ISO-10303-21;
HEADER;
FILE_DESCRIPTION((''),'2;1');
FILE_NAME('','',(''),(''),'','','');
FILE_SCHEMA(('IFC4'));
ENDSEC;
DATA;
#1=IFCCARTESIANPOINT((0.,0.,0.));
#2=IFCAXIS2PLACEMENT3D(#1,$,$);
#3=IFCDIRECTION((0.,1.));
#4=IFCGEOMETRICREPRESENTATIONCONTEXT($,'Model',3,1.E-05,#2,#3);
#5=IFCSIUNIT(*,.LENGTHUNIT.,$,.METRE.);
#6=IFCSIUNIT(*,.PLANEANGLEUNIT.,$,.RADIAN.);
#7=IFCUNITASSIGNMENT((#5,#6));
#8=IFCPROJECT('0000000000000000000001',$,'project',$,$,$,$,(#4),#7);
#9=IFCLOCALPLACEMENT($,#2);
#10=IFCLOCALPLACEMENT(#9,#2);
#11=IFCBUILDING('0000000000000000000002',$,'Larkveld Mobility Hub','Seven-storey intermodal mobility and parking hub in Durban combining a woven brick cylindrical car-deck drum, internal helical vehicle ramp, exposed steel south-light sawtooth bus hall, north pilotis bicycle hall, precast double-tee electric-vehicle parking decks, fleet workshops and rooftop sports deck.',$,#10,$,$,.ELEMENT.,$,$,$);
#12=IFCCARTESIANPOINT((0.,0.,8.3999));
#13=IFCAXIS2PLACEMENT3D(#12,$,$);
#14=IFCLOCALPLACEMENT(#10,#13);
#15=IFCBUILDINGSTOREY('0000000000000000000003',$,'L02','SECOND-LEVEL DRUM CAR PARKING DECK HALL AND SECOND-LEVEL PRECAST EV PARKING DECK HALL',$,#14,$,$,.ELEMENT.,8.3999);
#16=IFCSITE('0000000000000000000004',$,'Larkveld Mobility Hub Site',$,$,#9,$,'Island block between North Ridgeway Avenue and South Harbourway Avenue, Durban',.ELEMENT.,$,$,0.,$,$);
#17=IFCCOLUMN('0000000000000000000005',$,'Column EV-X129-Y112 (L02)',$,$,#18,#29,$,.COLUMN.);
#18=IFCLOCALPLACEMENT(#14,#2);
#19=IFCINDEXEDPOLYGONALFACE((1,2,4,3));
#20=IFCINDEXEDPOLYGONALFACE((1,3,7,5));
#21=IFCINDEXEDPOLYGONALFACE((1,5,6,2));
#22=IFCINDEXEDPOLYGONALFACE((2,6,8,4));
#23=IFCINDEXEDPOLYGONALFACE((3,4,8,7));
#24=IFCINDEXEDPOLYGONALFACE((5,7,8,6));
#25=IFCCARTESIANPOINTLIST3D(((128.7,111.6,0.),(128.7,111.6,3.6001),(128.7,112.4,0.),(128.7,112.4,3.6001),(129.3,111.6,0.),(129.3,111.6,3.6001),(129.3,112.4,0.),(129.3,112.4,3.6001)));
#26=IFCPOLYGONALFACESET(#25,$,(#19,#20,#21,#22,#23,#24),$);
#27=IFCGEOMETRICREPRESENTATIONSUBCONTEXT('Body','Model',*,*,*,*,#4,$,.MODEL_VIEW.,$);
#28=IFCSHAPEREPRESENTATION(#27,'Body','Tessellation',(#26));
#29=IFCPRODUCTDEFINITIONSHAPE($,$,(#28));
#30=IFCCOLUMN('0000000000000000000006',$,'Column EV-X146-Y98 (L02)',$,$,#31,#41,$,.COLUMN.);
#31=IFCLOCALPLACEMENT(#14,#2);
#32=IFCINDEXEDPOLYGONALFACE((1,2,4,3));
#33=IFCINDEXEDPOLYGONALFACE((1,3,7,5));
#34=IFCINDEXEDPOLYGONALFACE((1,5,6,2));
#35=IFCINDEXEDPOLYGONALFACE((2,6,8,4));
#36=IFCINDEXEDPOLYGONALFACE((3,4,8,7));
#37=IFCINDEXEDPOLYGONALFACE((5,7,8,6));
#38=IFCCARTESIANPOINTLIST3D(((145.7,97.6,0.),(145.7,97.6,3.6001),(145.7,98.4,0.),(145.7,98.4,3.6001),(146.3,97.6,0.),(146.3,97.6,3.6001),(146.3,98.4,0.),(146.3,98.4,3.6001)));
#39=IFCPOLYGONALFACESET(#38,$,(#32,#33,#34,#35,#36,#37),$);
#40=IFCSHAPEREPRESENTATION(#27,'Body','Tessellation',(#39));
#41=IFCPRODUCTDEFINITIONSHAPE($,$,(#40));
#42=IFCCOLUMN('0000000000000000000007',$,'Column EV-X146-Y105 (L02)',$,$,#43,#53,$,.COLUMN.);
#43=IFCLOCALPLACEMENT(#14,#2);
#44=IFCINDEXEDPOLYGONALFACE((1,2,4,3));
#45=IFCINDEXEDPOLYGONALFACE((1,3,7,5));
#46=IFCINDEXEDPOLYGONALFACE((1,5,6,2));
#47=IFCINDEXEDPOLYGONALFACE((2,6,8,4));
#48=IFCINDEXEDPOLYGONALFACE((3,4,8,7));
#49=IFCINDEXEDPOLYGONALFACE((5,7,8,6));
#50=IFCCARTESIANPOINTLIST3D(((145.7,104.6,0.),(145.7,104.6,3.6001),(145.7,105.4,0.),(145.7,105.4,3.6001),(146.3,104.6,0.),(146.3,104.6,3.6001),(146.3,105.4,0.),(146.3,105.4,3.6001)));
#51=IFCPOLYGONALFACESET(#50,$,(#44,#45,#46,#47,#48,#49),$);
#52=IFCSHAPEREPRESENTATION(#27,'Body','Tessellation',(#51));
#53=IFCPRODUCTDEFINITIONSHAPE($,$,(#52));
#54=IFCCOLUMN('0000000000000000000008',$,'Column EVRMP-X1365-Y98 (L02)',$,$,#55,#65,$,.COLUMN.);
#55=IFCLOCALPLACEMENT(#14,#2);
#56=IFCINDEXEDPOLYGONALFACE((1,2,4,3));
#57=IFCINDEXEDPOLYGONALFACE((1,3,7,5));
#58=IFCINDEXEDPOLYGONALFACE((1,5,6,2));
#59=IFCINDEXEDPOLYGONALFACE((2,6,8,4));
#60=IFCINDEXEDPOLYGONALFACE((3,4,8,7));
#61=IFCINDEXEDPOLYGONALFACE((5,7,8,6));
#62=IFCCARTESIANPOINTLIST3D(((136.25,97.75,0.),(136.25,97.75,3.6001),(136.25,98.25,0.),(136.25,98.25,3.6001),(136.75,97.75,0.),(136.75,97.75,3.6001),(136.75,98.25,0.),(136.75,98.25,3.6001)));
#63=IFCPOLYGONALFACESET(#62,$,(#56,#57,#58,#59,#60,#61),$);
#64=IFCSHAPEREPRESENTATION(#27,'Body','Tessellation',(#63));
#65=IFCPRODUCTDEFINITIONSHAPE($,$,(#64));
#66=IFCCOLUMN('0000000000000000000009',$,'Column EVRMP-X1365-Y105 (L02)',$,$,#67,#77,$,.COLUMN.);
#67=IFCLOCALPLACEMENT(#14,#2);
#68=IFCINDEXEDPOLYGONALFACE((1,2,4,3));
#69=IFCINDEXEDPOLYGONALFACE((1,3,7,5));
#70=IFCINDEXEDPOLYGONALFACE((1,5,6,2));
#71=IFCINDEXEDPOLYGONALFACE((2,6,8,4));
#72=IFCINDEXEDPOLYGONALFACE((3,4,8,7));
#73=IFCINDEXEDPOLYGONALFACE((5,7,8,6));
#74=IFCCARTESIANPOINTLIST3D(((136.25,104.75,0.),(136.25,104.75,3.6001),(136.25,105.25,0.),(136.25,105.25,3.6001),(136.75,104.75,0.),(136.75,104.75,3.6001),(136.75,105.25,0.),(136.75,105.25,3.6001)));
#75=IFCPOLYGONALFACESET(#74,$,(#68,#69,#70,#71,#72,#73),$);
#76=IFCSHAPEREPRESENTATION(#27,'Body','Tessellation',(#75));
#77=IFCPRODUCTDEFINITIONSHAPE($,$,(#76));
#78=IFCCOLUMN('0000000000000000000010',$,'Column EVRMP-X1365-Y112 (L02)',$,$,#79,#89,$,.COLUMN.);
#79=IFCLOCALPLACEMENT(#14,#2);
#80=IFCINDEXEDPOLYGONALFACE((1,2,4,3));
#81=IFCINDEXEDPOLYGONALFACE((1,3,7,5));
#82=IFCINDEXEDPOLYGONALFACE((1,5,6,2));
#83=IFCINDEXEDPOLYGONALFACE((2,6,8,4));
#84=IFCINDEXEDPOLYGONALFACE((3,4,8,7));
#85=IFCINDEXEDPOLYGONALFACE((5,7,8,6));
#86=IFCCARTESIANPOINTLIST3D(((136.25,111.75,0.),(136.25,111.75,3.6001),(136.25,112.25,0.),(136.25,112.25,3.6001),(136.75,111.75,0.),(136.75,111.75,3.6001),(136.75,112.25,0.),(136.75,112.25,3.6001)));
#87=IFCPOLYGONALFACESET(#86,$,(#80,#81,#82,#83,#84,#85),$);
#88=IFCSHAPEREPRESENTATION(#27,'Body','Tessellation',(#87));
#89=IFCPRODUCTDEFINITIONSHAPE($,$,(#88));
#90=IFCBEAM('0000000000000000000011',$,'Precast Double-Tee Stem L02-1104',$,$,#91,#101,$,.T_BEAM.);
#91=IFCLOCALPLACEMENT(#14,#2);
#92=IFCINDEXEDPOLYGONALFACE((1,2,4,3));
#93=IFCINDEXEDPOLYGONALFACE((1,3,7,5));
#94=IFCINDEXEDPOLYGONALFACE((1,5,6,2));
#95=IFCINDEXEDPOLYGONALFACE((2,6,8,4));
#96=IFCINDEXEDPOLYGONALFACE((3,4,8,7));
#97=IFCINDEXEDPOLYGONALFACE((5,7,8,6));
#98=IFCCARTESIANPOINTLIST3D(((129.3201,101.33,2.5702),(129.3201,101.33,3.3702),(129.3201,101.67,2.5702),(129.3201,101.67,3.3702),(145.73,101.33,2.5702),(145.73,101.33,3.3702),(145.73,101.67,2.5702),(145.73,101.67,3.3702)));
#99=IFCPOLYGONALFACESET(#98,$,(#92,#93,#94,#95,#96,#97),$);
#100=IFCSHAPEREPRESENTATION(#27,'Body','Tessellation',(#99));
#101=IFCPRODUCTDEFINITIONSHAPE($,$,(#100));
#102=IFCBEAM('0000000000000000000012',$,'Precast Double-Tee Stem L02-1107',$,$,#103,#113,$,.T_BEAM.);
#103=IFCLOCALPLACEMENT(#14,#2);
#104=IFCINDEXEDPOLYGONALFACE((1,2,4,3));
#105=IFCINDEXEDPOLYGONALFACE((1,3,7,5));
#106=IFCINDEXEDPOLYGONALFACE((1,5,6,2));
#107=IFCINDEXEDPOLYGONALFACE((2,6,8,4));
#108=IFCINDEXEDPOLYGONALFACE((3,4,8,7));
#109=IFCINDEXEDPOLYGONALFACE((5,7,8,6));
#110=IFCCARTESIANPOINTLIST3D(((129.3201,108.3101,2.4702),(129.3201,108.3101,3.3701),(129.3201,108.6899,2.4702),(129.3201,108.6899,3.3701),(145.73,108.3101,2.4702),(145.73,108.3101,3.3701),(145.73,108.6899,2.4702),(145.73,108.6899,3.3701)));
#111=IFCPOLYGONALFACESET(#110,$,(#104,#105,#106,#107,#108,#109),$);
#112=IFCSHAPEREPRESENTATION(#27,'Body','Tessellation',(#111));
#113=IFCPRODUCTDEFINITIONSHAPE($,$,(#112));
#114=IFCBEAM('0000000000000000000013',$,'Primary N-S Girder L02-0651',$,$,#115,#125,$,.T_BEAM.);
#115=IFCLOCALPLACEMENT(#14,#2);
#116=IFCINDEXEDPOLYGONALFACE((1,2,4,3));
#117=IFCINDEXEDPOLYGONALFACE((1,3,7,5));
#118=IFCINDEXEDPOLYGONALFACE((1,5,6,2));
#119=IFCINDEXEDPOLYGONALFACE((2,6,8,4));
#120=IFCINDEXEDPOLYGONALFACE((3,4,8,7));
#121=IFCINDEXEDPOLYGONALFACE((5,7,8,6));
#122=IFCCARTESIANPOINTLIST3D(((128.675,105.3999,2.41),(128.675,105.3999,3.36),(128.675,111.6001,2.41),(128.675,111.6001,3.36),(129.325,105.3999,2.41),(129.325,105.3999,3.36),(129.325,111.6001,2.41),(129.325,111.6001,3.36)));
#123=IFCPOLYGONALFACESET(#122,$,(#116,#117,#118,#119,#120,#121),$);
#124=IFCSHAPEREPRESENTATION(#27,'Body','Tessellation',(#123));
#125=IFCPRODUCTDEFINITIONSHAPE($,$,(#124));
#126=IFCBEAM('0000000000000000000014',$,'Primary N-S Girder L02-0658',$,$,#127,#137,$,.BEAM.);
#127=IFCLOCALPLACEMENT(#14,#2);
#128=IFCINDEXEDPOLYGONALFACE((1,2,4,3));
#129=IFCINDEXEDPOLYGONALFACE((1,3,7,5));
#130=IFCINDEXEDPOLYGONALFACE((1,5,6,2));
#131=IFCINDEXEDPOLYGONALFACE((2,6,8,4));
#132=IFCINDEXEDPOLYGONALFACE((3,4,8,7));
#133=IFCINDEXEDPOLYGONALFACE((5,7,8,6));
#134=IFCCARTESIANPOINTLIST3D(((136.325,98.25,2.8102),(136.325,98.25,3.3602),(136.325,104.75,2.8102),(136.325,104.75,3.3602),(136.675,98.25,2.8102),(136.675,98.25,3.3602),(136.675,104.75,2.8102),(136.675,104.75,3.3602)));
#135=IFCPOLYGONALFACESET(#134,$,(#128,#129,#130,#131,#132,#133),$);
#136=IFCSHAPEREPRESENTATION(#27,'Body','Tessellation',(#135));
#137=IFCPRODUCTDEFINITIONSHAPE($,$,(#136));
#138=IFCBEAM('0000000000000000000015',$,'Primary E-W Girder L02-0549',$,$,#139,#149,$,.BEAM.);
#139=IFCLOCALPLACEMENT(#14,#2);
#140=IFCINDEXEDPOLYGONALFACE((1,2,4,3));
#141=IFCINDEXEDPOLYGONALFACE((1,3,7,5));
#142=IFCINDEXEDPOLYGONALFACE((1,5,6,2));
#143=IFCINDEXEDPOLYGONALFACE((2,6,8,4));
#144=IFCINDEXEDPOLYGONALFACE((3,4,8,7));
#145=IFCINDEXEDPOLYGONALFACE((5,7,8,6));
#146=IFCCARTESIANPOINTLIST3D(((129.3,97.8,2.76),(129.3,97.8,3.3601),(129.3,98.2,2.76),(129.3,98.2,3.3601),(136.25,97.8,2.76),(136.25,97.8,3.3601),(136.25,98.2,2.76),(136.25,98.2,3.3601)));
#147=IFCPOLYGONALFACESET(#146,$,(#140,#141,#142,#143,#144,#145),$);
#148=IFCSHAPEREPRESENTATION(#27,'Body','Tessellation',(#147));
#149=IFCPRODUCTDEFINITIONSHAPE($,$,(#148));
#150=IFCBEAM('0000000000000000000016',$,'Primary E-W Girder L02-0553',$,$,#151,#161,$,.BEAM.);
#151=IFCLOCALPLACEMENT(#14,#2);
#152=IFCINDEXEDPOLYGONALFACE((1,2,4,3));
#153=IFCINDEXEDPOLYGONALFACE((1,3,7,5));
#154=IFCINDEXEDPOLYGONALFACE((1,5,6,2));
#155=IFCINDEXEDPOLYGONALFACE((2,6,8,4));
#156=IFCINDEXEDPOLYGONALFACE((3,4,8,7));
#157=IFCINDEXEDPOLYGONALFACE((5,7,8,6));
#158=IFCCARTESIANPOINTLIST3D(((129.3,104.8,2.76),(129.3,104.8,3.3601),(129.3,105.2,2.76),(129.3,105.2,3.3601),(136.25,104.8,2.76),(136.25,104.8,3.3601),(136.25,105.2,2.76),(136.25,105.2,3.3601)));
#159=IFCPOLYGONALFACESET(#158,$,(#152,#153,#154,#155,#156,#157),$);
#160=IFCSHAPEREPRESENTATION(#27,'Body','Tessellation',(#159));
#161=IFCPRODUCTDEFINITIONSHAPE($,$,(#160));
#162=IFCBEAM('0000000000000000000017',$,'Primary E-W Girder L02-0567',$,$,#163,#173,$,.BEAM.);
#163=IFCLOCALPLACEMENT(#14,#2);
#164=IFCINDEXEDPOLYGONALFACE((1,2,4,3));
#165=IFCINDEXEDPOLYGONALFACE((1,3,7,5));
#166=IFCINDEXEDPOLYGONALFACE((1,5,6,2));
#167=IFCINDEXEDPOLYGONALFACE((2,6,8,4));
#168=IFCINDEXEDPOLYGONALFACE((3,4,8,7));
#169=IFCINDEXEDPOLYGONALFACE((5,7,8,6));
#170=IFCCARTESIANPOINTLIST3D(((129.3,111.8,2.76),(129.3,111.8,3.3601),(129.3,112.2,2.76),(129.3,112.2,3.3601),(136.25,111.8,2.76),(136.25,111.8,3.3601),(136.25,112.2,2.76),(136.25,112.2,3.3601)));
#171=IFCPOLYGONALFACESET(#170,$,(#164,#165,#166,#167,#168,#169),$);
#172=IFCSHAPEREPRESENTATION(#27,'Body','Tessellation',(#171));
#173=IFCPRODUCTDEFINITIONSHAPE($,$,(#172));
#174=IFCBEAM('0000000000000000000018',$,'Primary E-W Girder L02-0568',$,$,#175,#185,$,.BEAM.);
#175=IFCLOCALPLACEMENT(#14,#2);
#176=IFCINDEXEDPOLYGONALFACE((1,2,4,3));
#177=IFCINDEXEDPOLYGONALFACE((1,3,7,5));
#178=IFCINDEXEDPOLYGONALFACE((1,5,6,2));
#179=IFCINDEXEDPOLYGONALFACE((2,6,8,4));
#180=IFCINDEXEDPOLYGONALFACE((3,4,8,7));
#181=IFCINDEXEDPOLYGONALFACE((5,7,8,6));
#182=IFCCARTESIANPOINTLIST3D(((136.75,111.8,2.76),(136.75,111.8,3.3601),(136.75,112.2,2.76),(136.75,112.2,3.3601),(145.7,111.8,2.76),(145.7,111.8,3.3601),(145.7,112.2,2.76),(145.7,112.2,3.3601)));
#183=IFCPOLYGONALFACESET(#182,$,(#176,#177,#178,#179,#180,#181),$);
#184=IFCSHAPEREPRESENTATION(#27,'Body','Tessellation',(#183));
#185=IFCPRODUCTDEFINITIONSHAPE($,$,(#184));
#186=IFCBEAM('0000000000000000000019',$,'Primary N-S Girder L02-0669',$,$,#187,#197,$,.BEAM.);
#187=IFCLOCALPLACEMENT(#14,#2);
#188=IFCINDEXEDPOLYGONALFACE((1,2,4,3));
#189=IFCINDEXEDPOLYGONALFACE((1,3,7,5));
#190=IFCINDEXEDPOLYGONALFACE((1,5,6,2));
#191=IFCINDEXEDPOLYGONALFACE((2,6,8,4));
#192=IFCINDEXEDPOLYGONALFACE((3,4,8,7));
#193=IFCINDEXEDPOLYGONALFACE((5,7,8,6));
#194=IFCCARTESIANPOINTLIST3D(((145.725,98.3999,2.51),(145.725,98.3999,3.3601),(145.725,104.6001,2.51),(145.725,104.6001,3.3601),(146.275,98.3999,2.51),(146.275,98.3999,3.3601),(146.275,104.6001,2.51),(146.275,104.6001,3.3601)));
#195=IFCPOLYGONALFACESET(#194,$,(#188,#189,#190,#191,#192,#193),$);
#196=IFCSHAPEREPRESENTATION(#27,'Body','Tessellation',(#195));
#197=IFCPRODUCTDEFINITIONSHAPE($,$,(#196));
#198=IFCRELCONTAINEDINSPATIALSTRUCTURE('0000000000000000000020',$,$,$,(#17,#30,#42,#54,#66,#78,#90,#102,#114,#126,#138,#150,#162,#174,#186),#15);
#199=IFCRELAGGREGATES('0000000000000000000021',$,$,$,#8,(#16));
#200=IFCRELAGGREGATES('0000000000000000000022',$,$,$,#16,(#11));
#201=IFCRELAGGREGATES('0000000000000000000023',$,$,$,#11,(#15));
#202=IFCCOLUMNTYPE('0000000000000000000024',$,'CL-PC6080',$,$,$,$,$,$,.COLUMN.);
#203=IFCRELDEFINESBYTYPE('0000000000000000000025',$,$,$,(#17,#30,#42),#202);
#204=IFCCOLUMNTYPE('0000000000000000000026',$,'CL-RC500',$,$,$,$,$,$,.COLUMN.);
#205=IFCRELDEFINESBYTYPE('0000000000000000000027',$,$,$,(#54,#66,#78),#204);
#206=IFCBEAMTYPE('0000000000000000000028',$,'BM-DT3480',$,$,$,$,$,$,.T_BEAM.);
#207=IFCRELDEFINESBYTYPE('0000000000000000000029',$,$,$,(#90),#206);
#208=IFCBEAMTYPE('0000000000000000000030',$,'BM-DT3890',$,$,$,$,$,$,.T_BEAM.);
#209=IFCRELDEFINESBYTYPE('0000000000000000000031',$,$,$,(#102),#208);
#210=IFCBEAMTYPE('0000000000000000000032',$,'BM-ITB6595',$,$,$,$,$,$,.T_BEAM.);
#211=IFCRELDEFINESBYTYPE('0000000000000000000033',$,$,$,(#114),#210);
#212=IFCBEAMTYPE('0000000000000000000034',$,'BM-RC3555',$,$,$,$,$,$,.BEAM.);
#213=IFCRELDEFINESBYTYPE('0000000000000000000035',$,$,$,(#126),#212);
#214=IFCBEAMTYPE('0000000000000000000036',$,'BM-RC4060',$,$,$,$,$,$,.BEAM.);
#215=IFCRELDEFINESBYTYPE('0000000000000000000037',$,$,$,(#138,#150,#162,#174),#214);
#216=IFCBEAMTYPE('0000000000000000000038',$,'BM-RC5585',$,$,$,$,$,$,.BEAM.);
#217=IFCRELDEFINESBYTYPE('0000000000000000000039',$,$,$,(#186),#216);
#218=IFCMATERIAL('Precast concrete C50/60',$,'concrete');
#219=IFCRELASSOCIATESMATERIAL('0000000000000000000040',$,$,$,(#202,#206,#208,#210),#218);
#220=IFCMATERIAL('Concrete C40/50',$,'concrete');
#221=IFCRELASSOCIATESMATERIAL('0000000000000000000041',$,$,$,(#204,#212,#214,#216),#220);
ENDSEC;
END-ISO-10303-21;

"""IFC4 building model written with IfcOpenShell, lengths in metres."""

from ifc_helpers import new_model, si_unit, direction, frame, origin, origin_2d, place, context, subcontext, project, spatial, rectangle, extrude, material, material_profile, profile_set, type_object, element, save


model = new_model("IFC4")

# Units and contexts
model_context = context("Model", 3, precision=1e-05, world=origin(), true_north=direction((0.0, 1.0)))
body_context = subcontext(model_context, "Body", "Model", "MODEL_VIEW")
ifc_project = project(units=[si_unit("LENGTHUNIT", "METRE"), si_unit("PLANEANGLEUNIT", "RADIAN")], contexts=[model_context])

# Site, building, storey
site_placement = place(None, origin())
site = spatial("IfcSite", under=ifc_project, at=site_placement, Name="Larkveld Mobility Hub Site", LongName="Island block between North Ridgeway Avenue and South Harbourway Avenue, Durban", CompositionType="ELEMENT", RefElevation=0.0)
building_placement = place(site_placement, origin())
building = spatial("IfcBuilding", under=site, at=building_placement, Name="Larkveld Mobility Hub", Description="Seven-storey intermodal mobility and parking hub in Durban combining a woven brick cylindrical car-deck drum, internal helical vehicle ramp, exposed steel south-light sawtooth bus hall, north pilotis bicycle hall, precast double-tee electric-vehicle parking decks, fleet workshops and rooftop sports deck.", CompositionType="ELEMENT")
storey_placement = place(building_placement, frame((0.0, 0.0, 8.3999)))
storey = spatial("IfcBuildingStorey", under=building, at=storey_placement, Name="L02", Description="SECOND-LEVEL DRUM CAR PARKING DECK HALL AND SECOND-LEVEL PRECAST EV PARKING DECK HALL", CompositionType="ELEMENT", Elevation=8.3999)

# Columns
ifc_material_1 = material(Name="Precast concrete C50/60", Category="concrete")
ifc_material_profile_1 = material_profile(ifc_material_1, rectangle(XDim=0.6001, YDim=0.8, at=origin_2d()), Name="RC COL 600x800")
ifc_profile_set_1 = profile_set([ifc_material_profile_1], Name="Precast concrete C50/60")
column_type_1 = type_object("IfcColumnType", Name="CL-PC6080", PredefinedType="COLUMN", material=ifc_profile_set_1)
for number, where, z_axis, x_axis, name in (
    (1, (129.0, 112.0, 0.0), (0.0, 0.0, 1.0), (1.0, 0.0, 0.0), "Column EV-X129-Y112 (L02)"),
    (2, (146.0, 98.0, 0.0), (0.0, 0.0, 1.0), (1.0, 0.0, 0.0), "Column EV-X146-Y98 (L02)"),
    (3, (146.0, 105.0, 0.0), (0.0, 0.0, 1.0), (1.0, 0.0, 0.0), "Column EV-X146-Y105 (L02)"),
):
    element("IfcColumn", number, at=place(storey_placement, frame(where, z_axis=z_axis, x_axis=x_axis)), inside=storey, type_object=column_type_1, Name=name, PredefinedType="COLUMN", context=body_context, shape_type="SweptSolid", body=[
        extrude(rectangle(XDim=0.6001, YDim=0.8, at=origin_2d()), origin(), (0.0, 0.0, 1.0), 3.6001),
    ])
ifc_material_2 = material(Name="Concrete C40/50", Category="concrete")
ifc_material_profile_2 = material_profile(ifc_material_2, rectangle(XDim=0.5, YDim=0.5, at=origin_2d()), Name="RC COL 500x500")
ifc_profile_set_2 = profile_set([ifc_material_profile_2], Name="Concrete C40/50")
column_type_2 = type_object("IfcColumnType", Name="CL-RC500", PredefinedType="COLUMN", material=ifc_profile_set_2)
for number, where, z_axis, x_axis, name in (
    (4, (136.5, 98.0, 0.0), (0.0, 0.0, 1.0), (1.0, 0.0, 0.0), "Column EVRMP-X1365-Y98 (L02)"),
    (5, (136.5, 105.0, 0.0), (0.0, 0.0, 1.0), (1.0, 0.0, 0.0), "Column EVRMP-X1365-Y105 (L02)"),
    (6, (136.5, 112.0, 0.0), (0.0, 0.0, 1.0), (1.0, 0.0, 0.0), "Column EVRMP-X1365-Y112 (L02)"),
):
    element("IfcColumn", number, at=place(storey_placement, frame(where, z_axis=z_axis, x_axis=x_axis)), inside=storey, type_object=column_type_2, Name=name, PredefinedType="COLUMN", context=body_context, shape_type="SweptSolid", body=[
        extrude(rectangle(XDim=0.5, YDim=0.5, at=origin_2d()), origin(), (0.0, 0.0, 1.0), 3.6001),
    ])

# Beams
ifc_material_profile_3 = material_profile(ifc_material_1, rectangle(XDim=0.3401, YDim=0.8, at=origin_2d()), Name="PC DT 340x800")
ifc_profile_set_3 = profile_set([ifc_material_profile_3], Name="Precast concrete C50/60")
beam_type_1 = type_object("IfcBeamType", Name="BM-DT3480", PredefinedType="T_BEAM", material=ifc_profile_set_3)
beam_1_placement = place(storey_placement, frame((129.3201, 101.5, 2.9702), z_axis=(1.0, 0.0, 0.0), x_axis=(0.0, 1.0, 0.0)))
element("IfcBeam", 7, at=beam_1_placement, inside=storey, type_object=beam_type_1, Name="Precast Double-Tee Stem L02-1104", PredefinedType="T_BEAM", context=body_context, shape_type="SweptSolid", body=[
    extrude(rectangle(XDim=0.3401, YDim=0.8, at=origin_2d()), origin(), (0.0, 0.0, 1.0), 16.4099),
])
ifc_material_profile_4 = material_profile(ifc_material_1, rectangle(XDim=0.3799, YDim=0.8999, at=origin_2d()), Name="PC DT 380x900")
ifc_profile_set_4 = profile_set([ifc_material_profile_4], Name="Precast concrete C50/60")
beam_type_2 = type_object("IfcBeamType", Name="BM-DT3890", PredefinedType="T_BEAM", material=ifc_profile_set_4)
beam_2_placement = place(storey_placement, frame((129.3201, 108.5, 2.9202), z_axis=(1.0, 0.0, 0.0), x_axis=(0.0, 1.0, 0.0)))
element("IfcBeam", 8, at=beam_2_placement, inside=storey, type_object=beam_type_2, Name="Precast Double-Tee Stem L02-1107", PredefinedType="T_BEAM", context=body_context, shape_type="SweptSolid", body=[
    extrude(rectangle(XDim=0.3799, YDim=0.8999, at=origin_2d()), origin(), (0.0, 0.0, 1.0), 16.4099),
])
ifc_material_profile_5 = material_profile(ifc_material_1, rectangle(XDim=0.6499, YDim=0.95, at=origin_2d()), Name="PC ITB 650x950")
ifc_profile_set_5 = profile_set([ifc_material_profile_5], Name="Precast concrete C50/60")
beam_type_3 = type_object("IfcBeamType", Name="BM-ITB6595", PredefinedType="T_BEAM", material=ifc_profile_set_5)
beam_3_placement = place(storey_placement, frame((129.0, 105.3999, 2.885), z_axis=(0.0, 1.0, 0.0), x_axis=(-1.0, 0.0, 0.0)))
element("IfcBeam", 9, at=beam_3_placement, inside=storey, type_object=beam_type_3, Name="Primary N-S Girder L02-0651", PredefinedType="T_BEAM", context=body_context, shape_type="SweptSolid", body=[
    extrude(rectangle(XDim=0.6499, YDim=0.95, at=origin_2d()), origin(), (0.0, 0.0, 1.0), 6.2002),
])
ifc_material_profile_6 = material_profile(ifc_material_2, rectangle(XDim=0.3501, YDim=0.55, at=origin_2d()), Name="RC BM 350x550")
ifc_profile_set_6 = profile_set([ifc_material_profile_6], Name="Concrete C40/50")
beam_type_4 = type_object("IfcBeamType", Name="BM-RC3555", PredefinedType="BEAM", material=ifc_profile_set_6)
beam_4_placement = place(storey_placement, frame((136.5, 98.25, 3.0852), z_axis=(0.0, 1.0, 0.0), x_axis=(-1.0, 0.0, 0.0)))
element("IfcBeam", 10, at=beam_4_placement, inside=storey, type_object=beam_type_4, Name="Primary N-S Girder L02-0658", PredefinedType="BEAM", context=body_context, shape_type="SweptSolid", body=[
    extrude(rectangle(XDim=0.3501, YDim=0.55, at=origin_2d()), origin(), (0.0, 0.0, 1.0), 6.5),
])
ifc_material_profile_7 = material_profile(ifc_material_2, rectangle(XDim=0.3999, YDim=0.6001, at=origin_2d()), Name="RC BM 400x600")
ifc_profile_set_7 = profile_set([ifc_material_profile_7], Name="Concrete C40/50")
beam_type_5 = type_object("IfcBeamType", Name="BM-RC4060", PredefinedType="BEAM", material=ifc_profile_set_7)
for number, where, z_axis, x_axis, name in (
    (11, (129.3, 98.0, 3.0601), (1.0, 0.0, 0.0), (0.0, 1.0, 0.0), "Primary E-W Girder L02-0549"),
    (12, (129.3, 105.0, 3.0601), (1.0, 0.0, 0.0), (0.0, 1.0, 0.0), "Primary E-W Girder L02-0553"),
    (13, (129.3, 112.0, 3.0601), (1.0, 0.0, 0.0), (0.0, 1.0, 0.0), "Primary E-W Girder L02-0567"),
):
    element("IfcBeam", number, at=place(storey_placement, frame(where, z_axis=z_axis, x_axis=x_axis)), inside=storey, type_object=beam_type_5, Name=name, PredefinedType="BEAM", context=body_context, shape_type="SweptSolid", body=[
        extrude(rectangle(XDim=0.3999, YDim=0.6001, at=origin_2d()), origin(), (0.0, 0.0, 1.0), 6.95),
    ])
beam_5_placement = place(storey_placement, frame((136.75, 112.0, 3.0601), z_axis=(1.0, 0.0, 0.0), x_axis=(0.0, 1.0, 0.0)))
element("IfcBeam", 14, at=beam_5_placement, inside=storey, type_object=beam_type_5, Name="Primary E-W Girder L02-0568", PredefinedType="BEAM", context=body_context, shape_type="SweptSolid", body=[
    extrude(rectangle(XDim=0.3999, YDim=0.6001, at=origin_2d()), origin(), (0.0, 0.0, 1.0), 8.95),
])
ifc_material_profile_8 = material_profile(ifc_material_2, rectangle(XDim=0.55, YDim=0.8501, at=origin_2d()), Name="RC BM 550x850")
ifc_profile_set_8 = profile_set([ifc_material_profile_8], Name="Concrete C40/50")
beam_type_6 = type_object("IfcBeamType", Name="BM-RC5585", PredefinedType="BEAM", material=ifc_profile_set_8)
for number, where, z_axis, x_axis, name in (
    (15, (146.0, 98.3999, 2.9351), (0.0, 1.0, 0.0), (-1.0, 0.0, 0.0), "Primary N-S Girder L02-0669"),
):
    element("IfcBeam", number, at=place(storey_placement, frame(where, z_axis=z_axis, x_axis=x_axis)), inside=storey, type_object=beam_type_6, Name=name, PredefinedType="BEAM", context=body_context, shape_type="SweptSolid", body=[
        extrude(rectangle(XDim=0.55, YDim=0.8501, at=origin_2d()), origin(), (0.0, 0.0, 1.0), 6.2002),
    ])

save(model, "model.ifc")
